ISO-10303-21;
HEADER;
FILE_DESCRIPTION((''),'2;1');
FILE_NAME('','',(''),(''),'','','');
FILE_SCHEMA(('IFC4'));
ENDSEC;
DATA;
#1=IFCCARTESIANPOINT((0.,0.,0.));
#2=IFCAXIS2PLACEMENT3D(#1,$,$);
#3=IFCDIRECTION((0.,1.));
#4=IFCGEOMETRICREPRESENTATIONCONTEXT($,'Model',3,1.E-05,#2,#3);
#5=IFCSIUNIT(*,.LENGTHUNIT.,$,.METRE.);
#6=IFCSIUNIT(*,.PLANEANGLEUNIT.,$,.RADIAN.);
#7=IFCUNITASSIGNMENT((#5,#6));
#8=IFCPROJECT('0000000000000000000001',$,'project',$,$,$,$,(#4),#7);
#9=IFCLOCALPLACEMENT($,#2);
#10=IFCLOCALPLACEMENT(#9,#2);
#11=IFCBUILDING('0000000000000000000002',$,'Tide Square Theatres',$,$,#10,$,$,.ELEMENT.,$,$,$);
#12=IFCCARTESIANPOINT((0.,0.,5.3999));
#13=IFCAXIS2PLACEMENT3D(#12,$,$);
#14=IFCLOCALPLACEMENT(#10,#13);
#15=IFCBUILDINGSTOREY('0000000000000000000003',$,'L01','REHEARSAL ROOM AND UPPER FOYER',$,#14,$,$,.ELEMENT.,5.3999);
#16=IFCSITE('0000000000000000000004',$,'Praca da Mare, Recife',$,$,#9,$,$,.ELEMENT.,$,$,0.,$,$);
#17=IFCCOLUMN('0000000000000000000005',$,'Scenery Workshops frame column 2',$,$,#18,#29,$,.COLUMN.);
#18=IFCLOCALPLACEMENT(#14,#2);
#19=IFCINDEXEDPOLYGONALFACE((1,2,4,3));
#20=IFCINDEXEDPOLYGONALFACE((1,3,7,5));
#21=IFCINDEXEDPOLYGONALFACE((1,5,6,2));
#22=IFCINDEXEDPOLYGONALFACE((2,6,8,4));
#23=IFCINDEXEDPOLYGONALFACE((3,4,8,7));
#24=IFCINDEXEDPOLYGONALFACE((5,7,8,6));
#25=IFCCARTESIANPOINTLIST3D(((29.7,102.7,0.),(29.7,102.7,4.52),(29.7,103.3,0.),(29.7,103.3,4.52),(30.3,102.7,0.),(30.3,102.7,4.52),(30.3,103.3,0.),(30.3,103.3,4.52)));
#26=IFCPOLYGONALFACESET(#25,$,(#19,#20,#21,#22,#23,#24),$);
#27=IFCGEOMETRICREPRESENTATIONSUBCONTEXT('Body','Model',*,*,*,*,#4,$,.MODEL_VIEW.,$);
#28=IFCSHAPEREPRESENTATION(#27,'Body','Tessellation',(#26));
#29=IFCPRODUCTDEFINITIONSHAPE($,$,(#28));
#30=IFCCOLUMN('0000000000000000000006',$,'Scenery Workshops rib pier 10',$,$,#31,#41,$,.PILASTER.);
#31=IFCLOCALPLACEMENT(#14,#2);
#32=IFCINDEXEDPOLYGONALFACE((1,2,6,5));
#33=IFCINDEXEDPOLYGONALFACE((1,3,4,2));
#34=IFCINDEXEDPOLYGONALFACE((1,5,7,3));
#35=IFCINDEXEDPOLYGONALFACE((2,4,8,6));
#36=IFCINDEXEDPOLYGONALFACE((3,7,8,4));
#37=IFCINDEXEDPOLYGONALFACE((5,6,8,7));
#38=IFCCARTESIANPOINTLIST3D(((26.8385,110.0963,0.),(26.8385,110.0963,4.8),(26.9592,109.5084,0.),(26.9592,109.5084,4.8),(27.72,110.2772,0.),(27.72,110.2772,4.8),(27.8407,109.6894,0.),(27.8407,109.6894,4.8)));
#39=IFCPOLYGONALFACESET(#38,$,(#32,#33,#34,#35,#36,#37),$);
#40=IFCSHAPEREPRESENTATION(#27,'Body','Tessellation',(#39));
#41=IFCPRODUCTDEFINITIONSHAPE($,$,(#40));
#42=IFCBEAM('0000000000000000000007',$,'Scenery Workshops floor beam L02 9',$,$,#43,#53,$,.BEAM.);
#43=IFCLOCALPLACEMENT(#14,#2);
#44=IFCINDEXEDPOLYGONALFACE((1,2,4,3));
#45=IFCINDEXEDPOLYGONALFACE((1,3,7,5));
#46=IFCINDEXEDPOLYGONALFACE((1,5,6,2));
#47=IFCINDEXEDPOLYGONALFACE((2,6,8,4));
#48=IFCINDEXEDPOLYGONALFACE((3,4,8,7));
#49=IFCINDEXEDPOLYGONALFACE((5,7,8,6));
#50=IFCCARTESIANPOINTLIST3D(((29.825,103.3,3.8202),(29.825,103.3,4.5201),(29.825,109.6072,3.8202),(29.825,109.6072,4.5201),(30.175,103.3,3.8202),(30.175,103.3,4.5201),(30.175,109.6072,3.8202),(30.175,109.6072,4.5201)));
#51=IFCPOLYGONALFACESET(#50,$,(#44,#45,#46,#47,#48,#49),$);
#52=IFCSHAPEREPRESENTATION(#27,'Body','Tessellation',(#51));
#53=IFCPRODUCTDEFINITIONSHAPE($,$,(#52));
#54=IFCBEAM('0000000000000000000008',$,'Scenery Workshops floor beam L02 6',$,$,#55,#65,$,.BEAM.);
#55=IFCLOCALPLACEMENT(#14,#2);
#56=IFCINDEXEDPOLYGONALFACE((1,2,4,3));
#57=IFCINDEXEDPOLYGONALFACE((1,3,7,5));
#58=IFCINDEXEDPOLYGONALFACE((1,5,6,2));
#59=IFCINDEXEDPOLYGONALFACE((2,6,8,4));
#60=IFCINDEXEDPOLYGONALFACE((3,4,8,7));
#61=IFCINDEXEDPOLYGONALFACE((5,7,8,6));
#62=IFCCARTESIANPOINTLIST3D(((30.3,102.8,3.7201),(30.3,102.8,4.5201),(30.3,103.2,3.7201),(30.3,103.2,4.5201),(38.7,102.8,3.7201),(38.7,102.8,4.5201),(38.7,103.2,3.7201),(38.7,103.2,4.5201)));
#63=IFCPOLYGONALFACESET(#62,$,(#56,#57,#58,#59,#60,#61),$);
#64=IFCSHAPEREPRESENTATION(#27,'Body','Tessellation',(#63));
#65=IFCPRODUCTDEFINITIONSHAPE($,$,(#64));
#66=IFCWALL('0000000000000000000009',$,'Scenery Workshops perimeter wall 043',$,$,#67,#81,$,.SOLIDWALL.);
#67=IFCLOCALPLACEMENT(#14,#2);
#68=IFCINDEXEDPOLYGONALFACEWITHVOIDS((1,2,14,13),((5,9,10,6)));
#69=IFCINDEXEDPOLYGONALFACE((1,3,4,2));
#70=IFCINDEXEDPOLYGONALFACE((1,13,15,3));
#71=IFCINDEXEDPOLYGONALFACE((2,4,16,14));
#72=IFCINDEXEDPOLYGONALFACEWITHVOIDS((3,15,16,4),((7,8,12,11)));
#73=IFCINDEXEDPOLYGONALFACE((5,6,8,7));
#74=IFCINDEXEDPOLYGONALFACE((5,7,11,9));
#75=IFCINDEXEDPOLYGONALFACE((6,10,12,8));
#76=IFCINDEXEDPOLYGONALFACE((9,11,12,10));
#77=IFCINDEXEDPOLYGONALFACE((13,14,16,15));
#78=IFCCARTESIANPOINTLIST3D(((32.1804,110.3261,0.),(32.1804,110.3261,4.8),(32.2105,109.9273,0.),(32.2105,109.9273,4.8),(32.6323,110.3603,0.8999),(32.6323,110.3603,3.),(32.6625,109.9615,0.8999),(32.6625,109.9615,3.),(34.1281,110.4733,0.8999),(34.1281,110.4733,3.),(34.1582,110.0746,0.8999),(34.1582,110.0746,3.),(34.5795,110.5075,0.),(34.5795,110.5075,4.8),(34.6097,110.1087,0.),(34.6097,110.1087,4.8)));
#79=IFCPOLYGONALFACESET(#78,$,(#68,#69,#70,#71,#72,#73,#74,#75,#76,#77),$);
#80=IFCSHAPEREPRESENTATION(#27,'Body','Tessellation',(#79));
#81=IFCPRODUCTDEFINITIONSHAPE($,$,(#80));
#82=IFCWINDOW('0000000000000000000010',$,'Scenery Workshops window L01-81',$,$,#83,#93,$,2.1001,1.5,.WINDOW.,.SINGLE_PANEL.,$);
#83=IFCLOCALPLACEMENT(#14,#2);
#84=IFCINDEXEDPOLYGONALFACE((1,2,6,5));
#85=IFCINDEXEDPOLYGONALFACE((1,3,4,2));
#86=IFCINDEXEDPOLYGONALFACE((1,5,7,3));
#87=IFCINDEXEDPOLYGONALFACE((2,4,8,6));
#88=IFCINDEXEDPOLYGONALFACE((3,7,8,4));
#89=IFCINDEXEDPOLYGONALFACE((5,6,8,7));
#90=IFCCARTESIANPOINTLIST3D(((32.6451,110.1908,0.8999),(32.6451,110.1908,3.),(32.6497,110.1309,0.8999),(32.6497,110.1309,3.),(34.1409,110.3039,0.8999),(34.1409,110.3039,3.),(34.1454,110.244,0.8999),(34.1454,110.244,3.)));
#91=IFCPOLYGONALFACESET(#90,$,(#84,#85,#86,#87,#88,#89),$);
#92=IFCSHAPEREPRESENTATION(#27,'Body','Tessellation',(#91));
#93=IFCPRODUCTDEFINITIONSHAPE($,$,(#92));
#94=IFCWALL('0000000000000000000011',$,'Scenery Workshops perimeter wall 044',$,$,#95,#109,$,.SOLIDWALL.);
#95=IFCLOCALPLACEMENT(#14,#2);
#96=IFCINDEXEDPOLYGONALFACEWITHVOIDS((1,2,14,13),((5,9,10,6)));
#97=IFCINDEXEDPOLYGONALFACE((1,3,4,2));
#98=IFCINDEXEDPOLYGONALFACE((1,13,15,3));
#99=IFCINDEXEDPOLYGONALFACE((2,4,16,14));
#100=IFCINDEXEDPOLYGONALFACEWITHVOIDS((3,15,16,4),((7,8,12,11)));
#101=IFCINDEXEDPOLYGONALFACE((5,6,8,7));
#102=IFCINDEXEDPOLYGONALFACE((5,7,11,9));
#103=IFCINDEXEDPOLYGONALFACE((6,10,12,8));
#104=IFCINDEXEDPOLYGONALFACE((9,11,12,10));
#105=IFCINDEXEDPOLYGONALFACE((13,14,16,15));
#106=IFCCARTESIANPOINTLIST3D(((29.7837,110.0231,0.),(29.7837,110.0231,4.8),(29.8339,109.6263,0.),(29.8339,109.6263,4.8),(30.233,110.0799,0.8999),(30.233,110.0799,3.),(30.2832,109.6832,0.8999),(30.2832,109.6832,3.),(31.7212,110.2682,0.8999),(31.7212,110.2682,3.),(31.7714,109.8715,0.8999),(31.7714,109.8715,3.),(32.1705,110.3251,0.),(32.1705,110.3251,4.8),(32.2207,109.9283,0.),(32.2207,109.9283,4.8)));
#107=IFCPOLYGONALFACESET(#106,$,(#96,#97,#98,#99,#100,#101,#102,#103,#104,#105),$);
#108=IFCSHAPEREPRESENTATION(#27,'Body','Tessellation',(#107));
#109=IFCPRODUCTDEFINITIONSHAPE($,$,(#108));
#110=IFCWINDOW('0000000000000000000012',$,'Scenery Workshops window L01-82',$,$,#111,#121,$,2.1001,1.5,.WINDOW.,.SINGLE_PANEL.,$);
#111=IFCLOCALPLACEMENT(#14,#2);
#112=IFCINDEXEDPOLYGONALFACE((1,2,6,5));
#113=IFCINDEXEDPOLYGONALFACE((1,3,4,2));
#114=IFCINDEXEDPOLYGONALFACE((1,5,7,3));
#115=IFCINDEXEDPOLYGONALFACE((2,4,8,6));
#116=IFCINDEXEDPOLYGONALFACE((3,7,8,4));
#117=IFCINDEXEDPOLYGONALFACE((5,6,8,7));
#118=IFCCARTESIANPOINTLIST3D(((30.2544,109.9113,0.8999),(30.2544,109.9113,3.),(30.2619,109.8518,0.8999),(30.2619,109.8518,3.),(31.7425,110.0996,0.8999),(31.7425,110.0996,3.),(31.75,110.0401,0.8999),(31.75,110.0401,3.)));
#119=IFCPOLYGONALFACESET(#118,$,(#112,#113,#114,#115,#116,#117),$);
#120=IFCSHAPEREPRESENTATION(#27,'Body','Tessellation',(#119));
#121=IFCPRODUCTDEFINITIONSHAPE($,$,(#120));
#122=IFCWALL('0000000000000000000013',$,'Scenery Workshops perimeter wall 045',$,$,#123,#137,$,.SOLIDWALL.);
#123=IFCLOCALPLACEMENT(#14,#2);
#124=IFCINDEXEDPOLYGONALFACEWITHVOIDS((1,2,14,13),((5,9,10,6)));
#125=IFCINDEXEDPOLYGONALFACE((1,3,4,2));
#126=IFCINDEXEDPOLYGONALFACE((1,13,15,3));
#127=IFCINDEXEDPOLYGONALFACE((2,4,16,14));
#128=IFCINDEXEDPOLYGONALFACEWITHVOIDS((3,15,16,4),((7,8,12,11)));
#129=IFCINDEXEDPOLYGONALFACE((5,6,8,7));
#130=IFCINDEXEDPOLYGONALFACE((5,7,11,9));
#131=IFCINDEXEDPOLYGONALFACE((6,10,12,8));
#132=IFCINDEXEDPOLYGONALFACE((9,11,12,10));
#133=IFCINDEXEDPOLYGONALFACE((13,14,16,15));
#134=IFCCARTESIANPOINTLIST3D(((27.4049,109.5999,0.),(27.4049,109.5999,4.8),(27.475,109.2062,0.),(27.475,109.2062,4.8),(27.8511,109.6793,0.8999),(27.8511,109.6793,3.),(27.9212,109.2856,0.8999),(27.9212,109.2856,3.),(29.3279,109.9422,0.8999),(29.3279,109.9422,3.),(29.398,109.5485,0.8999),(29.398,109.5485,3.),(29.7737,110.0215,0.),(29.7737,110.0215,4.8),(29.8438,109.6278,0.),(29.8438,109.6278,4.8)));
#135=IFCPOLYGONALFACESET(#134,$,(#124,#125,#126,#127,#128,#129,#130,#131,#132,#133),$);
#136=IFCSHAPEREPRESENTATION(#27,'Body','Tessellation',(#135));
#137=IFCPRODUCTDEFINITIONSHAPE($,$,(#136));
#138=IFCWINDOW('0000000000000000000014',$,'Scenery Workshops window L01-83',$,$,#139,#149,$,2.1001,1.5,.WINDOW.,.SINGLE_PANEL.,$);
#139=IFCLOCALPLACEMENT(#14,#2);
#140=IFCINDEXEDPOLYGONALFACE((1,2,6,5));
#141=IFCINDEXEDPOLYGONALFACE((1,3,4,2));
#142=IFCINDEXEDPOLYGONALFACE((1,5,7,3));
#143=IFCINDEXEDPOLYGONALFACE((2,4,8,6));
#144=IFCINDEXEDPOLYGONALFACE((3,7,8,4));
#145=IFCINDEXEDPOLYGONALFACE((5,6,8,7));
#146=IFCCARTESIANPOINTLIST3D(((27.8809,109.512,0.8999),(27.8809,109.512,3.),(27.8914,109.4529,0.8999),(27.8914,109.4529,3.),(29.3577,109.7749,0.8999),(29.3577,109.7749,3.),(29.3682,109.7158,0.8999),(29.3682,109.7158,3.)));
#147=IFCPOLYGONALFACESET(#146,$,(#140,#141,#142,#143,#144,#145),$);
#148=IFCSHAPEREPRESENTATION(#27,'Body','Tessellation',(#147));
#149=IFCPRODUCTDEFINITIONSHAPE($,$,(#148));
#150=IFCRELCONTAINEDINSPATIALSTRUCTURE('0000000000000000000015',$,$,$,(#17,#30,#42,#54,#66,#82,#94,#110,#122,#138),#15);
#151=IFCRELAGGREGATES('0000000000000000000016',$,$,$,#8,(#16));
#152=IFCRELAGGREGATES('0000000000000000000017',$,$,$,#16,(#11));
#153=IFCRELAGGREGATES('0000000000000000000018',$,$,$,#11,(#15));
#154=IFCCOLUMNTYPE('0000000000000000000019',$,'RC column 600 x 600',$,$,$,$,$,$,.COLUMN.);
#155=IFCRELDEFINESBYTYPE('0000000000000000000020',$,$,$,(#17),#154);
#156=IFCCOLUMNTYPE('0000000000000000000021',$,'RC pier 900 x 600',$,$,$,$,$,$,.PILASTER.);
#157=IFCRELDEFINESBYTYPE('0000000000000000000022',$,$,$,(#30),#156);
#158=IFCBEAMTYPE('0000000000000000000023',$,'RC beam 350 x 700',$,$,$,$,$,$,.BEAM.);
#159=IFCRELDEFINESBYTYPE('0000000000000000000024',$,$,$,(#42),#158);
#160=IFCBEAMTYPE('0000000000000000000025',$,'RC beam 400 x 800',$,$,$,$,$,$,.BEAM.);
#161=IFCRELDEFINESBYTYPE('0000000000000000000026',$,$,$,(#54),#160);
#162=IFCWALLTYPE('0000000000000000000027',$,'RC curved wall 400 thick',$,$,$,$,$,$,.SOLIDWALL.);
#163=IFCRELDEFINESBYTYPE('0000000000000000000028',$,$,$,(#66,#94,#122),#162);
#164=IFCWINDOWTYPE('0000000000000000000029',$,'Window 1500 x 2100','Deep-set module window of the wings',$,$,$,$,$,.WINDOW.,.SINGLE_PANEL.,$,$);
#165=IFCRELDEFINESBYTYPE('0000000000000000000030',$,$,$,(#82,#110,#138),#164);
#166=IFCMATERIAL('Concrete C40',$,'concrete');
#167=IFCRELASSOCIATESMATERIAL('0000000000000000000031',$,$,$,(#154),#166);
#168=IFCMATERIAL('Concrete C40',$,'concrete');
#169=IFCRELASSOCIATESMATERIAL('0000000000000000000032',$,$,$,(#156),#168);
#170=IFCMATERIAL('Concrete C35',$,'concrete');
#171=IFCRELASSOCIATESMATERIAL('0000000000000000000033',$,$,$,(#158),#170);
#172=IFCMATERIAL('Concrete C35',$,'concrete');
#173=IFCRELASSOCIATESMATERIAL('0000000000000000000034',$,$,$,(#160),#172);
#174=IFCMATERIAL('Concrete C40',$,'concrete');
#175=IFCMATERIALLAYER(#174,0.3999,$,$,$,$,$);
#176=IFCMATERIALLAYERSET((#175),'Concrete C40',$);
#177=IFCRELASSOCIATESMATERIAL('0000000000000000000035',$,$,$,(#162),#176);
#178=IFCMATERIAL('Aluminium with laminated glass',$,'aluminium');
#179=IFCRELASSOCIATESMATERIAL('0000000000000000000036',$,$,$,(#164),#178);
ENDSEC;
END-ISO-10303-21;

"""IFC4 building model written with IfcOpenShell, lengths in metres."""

from ifc_helpers import new_model, si_unit, direction, frame, frame_2d, origin, origin_2d, place, context, subcontext, project, spatial, rectangle, extrude, material, layer, layer_set, material_profile, profile_set, type_object, element, fill, save


model = new_model("IFC4")

# Units and contexts
model_context = context("Model", 3, precision=1e-05, world=origin(), true_north=direction((0.0, 1.0)))
body_context = subcontext(model_context, "Body", "Model", "MODEL_VIEW")
ifc_project = project(units=[si_unit("LENGTHUNIT", "METRE"), si_unit("PLANEANGLEUNIT", "RADIAN")], contexts=[model_context])

# Site, building, storey
site_placement = place(None, origin())
site = spatial("IfcSite", under=ifc_project, at=site_placement, Name="Praca da Mare, Recife", CompositionType="ELEMENT", RefElevation=0.0)
building_placement = place(site_placement, origin())
building = spatial("IfcBuilding", under=site, at=building_placement, Name="Tide Square Theatres", CompositionType="ELEMENT")
storey_placement = place(building_placement, frame((0.0, 0.0, 5.3999)))
storey = spatial("IfcBuildingStorey", under=building, at=storey_placement, Name="L01", Description="REHEARSAL ROOM AND UPPER FOYER", CompositionType="ELEMENT", Elevation=5.3999)

# Columns
ifc_material_1 = material(Name="Concrete C40", Category="concrete")
ifc_material_profile_1 = material_profile(ifc_material_1, rectangle(XDim=0.6001, YDim=0.6001, at=origin_2d()))
ifc_profile_set_1 = profile_set([ifc_material_profile_1], Name="Concrete C40")
column_type_1 = type_object("IfcColumnType", Name="RC column 600 x 600", PredefinedType="COLUMN", material=ifc_profile_set_1)
column_1_placement = place(storey_placement, frame((30.0, 103.0, 0.0), z_axis=(0.0, 0.0, 1.0), x_axis=(1.0, 0.0, 0.0)))
element("IfcColumn", 1, at=column_1_placement, inside=storey, type_object=column_type_1, Name="Scenery Workshops frame column 2", PredefinedType="COLUMN", context=body_context, shape_type="SweptSolid", body=[
    extrude(rectangle(XDim=0.6001, YDim=0.6001, at=origin_2d()), origin(), (0.0, 0.0, 1.0), 4.52),
])
ifc_material_2 = material(Name="Concrete C40", Category="concrete")
ifc_material_profile_2 = material_profile(ifc_material_2, rectangle(XDim=0.8999, YDim=0.6001, at=origin_2d()))
ifc_profile_set_2 = profile_set([ifc_material_profile_2], Name="Concrete C40")
column_type_2 = type_object("IfcColumnType", Name="RC pier 900 x 600", PredefinedType="PILASTER", material=ifc_profile_set_2)
column_2_placement = place(storey_placement, frame((27.3396, 109.8928, 0.0), z_axis=(0.0, 0.0, 1.0), x_axis=(-0.979575, -0.201079, 0.0)))
element("IfcColumn", 2, at=column_2_placement, inside=storey, type_object=column_type_2, Name="Scenery Workshops rib pier 10", PredefinedType="PILASTER", context=body_context, shape_type="SweptSolid", body=[
    extrude(rectangle(XDim=0.8999, YDim=0.6001, at=origin_2d()), origin(), (0.0, 0.0, 1.0), 4.8),
])

# Beams
ifc_material_3 = material(Name="Concrete C35", Category="concrete")
ifc_material_profile_3 = material_profile(ifc_material_3, rectangle(XDim=0.3501, YDim=0.7, at=origin_2d()))
ifc_profile_set_3 = profile_set([ifc_material_profile_3], Name="Concrete C35")
beam_type_1 = type_object("IfcBeamType", Name="RC beam 350 x 700", PredefinedType="BEAM", material=ifc_profile_set_3)
beam_1_placement = place(storey_placement, frame((30.0, 103.3, 4.1702), z_axis=(0.0, 1.0, 0.0), x_axis=(-1.0, 0.0, 0.0)))
element("IfcBeam", 3, at=beam_1_placement, inside=storey, type_object=beam_type_1, Name="Scenery Workshops floor beam L02 9", PredefinedType="BEAM", context=body_context, shape_type="SweptSolid", body=[
    extrude(rectangle(XDim=0.3501, YDim=0.7, at=origin_2d()), origin(), (0.0, 0.0, 1.0), 6.3071),
])
ifc_material_4 = material(Name="Concrete C35", Category="concrete")
ifc_material_profile_4 = material_profile(ifc_material_4, rectangle(XDim=0.3999, YDim=0.8, at=origin_2d()))
ifc_profile_set_4 = profile_set([ifc_material_profile_4], Name="Concrete C35")
beam_type_2 = type_object("IfcBeamType", Name="RC beam 400 x 800", PredefinedType="BEAM", material=ifc_profile_set_4)
beam_2_placement = place(storey_placement, frame((30.3, 103.0, 4.1201), z_axis=(1.0, 0.0, 0.0), x_axis=(0.0, 1.0, 0.0)))
element("IfcBeam", 4, at=beam_2_placement, inside=storey, type_object=beam_type_2, Name="Scenery Workshops floor beam L02 6", PredefinedType="BEAM", context=body_context, shape_type="SweptSolid", body=[
    extrude(rectangle(XDim=0.3999, YDim=0.8, at=origin_2d()), origin(), (0.0, 0.0, 1.0), 8.3999),
])

# Walls, openings, windows
ifc_material_5 = material(Name="Concrete C40", Category="concrete")
ifc_layer = layer(ifc_material_5, 0.3999)
ifc_layer_set = layer_set([ifc_layer], Name="Concrete C40")
wall_type = type_object("IfcWallType", Name="RC curved wall 400 thick", PredefinedType="SOLIDWALL", material=ifc_layer_set)
wall_1_placement = place(storey_placement, frame((34.5947, 110.3081, 0.0), z_axis=(0.0, 0.0, 1.0), x_axis=(-0.997154, -0.075393, 0.0)))
wall_1 = element("IfcWall", 5, at=wall_1_placement, inside=storey, type_object=wall_type, Name="Scenery Workshops perimeter wall 043", PredefinedType="SOLIDWALL", context=body_context, shape_type="SweptSolid", body=[
    extrude(rectangle(XDim=2.406, YDim=0.3999, at=frame_2d((1.2031, 0.0))), origin(), (0.0, 0.0, 1.0), 4.8),
])
opening_1_placement = place(wall_1_placement, frame((0.4529, 0.0, 0.8999)))
opening_1 = element("IfcOpeningElement", 6, at=opening_1_placement, cuts=wall_1, PredefinedType="OPENING", context=body_context, shape_type="SweptSolid", body=[
    extrude(rectangle(XDim=1.5, YDim=2.1001, at=frame_2d((0.75, 1.05))), frame((0.0, 0.21, 0.0), z_axis=(0.0, -1.0, 0.0), x_axis=(1.0, 0.0, 0.0)), (0.0, 0.0, 1.0), 0.4199),
])
ifc_material_6 = material(Name="Aluminium with laminated glass", Category="aluminium")
window_type = type_object("IfcWindowType", Name="Window 1500 x 2100", Description="Deep-set module window of the wings", PartitioningType="SINGLE_PANEL", PredefinedType="WINDOW", material=ifc_material_6)
window_1_placement = place(opening_1_placement, origin())
window_1 = element("IfcWindow", 7, at=window_1_placement, inside=storey, type_object=window_type, Name="Scenery Workshops window L01-81", OverallHeight=2.1001, OverallWidth=1.5, PartitioningType="SINGLE_PANEL", PredefinedType="WINDOW", context=body_context, shape_type="SweptSolid", body=[
    extrude(rectangle(XDim=1.5, YDim=2.1001, at=frame_2d((0.75, 1.05))), frame((0.0, 0.03, 0.0), z_axis=(0.0, -1.0, 0.0), x_axis=(1.0, 0.0, 0.0)), (0.0, 0.0, 1.0), 0.0601),
])
fill(opening_1, window_1)
wall_2_placement = place(storey_placement, frame((32.1956, 110.1267, 0.0), z_axis=(0.0, 0.0, 1.0), x_axis=(-0.992089, -0.125533, 0.0)))
wall_2 = element("IfcWall", 8, at=wall_2_placement, inside=storey, type_object=wall_type, Name="Scenery Workshops perimeter wall 044", PredefinedType="SOLIDWALL", context=body_context, shape_type="SweptSolid", body=[
    extrude(rectangle(XDim=2.4058, YDim=0.3999, at=frame_2d((1.2029, 0.0))), origin(), (0.0, 0.0, 1.0), 4.8),
])
opening_2_placement = place(wall_2_placement, frame((0.4529, 0.0, 0.8999)))
opening_2 = element("IfcOpeningElement", 9, at=opening_2_placement, cuts=wall_2, PredefinedType="OPENING", context=body_context, shape_type="SweptSolid", body=[
    extrude(rectangle(XDim=1.5, YDim=2.1001, at=frame_2d((0.75, 1.05))), frame((0.0, 0.21, 0.0), z_axis=(0.0, -1.0, 0.0), x_axis=(1.0, 0.0, 0.0)), (0.0, 0.0, 1.0), 0.4199),
])
window_2_placement = place(opening_2_placement, origin())
window_2 = element("IfcWindow", 10, at=window_2_placement, inside=storey, type_object=window_type, Name="Scenery Workshops window L01-82", OverallHeight=2.1001, OverallWidth=1.5, PartitioningType="SINGLE_PANEL", PredefinedType="WINDOW", context=body_context, shape_type="SweptSolid", body=[
    extrude(rectangle(XDim=1.5, YDim=2.1001, at=frame_2d((0.75, 1.05))), frame((0.0, 0.03, 0.0), z_axis=(0.0, -1.0, 0.0), x_axis=(1.0, 0.0, 0.0)), (0.0, 0.0, 1.0), 0.0601),
])
fill(opening_2, window_2)
wall_3_placement = place(storey_placement, frame((29.8088, 109.8247, 0.0), z_axis=(0.0, 0.0, 1.0), x_axis=(-0.984524, -0.17525, 0.0)))
wall_3 = element("IfcWall", 11, at=wall_3_placement, inside=storey, type_object=wall_type, Name="Scenery Workshops perimeter wall 045", PredefinedType="SOLIDWALL", context=body_context, shape_type="SweptSolid", body=[
    extrude(rectangle(XDim=2.406, YDim=0.3999, at=frame_2d((1.2031, 0.0))), origin(), (0.0, 0.0, 1.0), 4.8),
])
opening_3_placement = place(wall_3_placement, frame((0.4529, 0.0, 0.8999)))
opening_3 = element("IfcOpeningElement", 12, at=opening_3_placement, cuts=wall_3, PredefinedType="OPENING", context=body_context, shape_type="SweptSolid", body=[
    extrude(rectangle(XDim=1.5, YDim=2.1001, at=frame_2d((0.75, 1.05))), frame((0.0, 0.21, 0.0), z_axis=(0.0, -1.0, 0.0), x_axis=(1.0, 0.0, 0.0)), (0.0, 0.0, 1.0), 0.4199),
])
window_3_placement = place(opening_3_placement, origin())
window_3 = element("IfcWindow", 13, at=window_3_placement, inside=storey, type_object=window_type, Name="Scenery Workshops window L01-83", OverallHeight=2.1001, OverallWidth=1.5, PartitioningType="SINGLE_PANEL", PredefinedType="WINDOW", context=body_context, shape_type="SweptSolid", body=[
    extrude(rectangle(XDim=1.5, YDim=2.1001, at=frame_2d((0.75, 1.05))), frame((0.0, 0.03, 0.0), z_axis=(0.0, -1.0, 0.0), x_axis=(1.0, 0.0, 0.0)), (0.0, 0.0, 1.0), 0.0601),
])
fill(opening_3, window_3)

save(model, "model.ifc")
